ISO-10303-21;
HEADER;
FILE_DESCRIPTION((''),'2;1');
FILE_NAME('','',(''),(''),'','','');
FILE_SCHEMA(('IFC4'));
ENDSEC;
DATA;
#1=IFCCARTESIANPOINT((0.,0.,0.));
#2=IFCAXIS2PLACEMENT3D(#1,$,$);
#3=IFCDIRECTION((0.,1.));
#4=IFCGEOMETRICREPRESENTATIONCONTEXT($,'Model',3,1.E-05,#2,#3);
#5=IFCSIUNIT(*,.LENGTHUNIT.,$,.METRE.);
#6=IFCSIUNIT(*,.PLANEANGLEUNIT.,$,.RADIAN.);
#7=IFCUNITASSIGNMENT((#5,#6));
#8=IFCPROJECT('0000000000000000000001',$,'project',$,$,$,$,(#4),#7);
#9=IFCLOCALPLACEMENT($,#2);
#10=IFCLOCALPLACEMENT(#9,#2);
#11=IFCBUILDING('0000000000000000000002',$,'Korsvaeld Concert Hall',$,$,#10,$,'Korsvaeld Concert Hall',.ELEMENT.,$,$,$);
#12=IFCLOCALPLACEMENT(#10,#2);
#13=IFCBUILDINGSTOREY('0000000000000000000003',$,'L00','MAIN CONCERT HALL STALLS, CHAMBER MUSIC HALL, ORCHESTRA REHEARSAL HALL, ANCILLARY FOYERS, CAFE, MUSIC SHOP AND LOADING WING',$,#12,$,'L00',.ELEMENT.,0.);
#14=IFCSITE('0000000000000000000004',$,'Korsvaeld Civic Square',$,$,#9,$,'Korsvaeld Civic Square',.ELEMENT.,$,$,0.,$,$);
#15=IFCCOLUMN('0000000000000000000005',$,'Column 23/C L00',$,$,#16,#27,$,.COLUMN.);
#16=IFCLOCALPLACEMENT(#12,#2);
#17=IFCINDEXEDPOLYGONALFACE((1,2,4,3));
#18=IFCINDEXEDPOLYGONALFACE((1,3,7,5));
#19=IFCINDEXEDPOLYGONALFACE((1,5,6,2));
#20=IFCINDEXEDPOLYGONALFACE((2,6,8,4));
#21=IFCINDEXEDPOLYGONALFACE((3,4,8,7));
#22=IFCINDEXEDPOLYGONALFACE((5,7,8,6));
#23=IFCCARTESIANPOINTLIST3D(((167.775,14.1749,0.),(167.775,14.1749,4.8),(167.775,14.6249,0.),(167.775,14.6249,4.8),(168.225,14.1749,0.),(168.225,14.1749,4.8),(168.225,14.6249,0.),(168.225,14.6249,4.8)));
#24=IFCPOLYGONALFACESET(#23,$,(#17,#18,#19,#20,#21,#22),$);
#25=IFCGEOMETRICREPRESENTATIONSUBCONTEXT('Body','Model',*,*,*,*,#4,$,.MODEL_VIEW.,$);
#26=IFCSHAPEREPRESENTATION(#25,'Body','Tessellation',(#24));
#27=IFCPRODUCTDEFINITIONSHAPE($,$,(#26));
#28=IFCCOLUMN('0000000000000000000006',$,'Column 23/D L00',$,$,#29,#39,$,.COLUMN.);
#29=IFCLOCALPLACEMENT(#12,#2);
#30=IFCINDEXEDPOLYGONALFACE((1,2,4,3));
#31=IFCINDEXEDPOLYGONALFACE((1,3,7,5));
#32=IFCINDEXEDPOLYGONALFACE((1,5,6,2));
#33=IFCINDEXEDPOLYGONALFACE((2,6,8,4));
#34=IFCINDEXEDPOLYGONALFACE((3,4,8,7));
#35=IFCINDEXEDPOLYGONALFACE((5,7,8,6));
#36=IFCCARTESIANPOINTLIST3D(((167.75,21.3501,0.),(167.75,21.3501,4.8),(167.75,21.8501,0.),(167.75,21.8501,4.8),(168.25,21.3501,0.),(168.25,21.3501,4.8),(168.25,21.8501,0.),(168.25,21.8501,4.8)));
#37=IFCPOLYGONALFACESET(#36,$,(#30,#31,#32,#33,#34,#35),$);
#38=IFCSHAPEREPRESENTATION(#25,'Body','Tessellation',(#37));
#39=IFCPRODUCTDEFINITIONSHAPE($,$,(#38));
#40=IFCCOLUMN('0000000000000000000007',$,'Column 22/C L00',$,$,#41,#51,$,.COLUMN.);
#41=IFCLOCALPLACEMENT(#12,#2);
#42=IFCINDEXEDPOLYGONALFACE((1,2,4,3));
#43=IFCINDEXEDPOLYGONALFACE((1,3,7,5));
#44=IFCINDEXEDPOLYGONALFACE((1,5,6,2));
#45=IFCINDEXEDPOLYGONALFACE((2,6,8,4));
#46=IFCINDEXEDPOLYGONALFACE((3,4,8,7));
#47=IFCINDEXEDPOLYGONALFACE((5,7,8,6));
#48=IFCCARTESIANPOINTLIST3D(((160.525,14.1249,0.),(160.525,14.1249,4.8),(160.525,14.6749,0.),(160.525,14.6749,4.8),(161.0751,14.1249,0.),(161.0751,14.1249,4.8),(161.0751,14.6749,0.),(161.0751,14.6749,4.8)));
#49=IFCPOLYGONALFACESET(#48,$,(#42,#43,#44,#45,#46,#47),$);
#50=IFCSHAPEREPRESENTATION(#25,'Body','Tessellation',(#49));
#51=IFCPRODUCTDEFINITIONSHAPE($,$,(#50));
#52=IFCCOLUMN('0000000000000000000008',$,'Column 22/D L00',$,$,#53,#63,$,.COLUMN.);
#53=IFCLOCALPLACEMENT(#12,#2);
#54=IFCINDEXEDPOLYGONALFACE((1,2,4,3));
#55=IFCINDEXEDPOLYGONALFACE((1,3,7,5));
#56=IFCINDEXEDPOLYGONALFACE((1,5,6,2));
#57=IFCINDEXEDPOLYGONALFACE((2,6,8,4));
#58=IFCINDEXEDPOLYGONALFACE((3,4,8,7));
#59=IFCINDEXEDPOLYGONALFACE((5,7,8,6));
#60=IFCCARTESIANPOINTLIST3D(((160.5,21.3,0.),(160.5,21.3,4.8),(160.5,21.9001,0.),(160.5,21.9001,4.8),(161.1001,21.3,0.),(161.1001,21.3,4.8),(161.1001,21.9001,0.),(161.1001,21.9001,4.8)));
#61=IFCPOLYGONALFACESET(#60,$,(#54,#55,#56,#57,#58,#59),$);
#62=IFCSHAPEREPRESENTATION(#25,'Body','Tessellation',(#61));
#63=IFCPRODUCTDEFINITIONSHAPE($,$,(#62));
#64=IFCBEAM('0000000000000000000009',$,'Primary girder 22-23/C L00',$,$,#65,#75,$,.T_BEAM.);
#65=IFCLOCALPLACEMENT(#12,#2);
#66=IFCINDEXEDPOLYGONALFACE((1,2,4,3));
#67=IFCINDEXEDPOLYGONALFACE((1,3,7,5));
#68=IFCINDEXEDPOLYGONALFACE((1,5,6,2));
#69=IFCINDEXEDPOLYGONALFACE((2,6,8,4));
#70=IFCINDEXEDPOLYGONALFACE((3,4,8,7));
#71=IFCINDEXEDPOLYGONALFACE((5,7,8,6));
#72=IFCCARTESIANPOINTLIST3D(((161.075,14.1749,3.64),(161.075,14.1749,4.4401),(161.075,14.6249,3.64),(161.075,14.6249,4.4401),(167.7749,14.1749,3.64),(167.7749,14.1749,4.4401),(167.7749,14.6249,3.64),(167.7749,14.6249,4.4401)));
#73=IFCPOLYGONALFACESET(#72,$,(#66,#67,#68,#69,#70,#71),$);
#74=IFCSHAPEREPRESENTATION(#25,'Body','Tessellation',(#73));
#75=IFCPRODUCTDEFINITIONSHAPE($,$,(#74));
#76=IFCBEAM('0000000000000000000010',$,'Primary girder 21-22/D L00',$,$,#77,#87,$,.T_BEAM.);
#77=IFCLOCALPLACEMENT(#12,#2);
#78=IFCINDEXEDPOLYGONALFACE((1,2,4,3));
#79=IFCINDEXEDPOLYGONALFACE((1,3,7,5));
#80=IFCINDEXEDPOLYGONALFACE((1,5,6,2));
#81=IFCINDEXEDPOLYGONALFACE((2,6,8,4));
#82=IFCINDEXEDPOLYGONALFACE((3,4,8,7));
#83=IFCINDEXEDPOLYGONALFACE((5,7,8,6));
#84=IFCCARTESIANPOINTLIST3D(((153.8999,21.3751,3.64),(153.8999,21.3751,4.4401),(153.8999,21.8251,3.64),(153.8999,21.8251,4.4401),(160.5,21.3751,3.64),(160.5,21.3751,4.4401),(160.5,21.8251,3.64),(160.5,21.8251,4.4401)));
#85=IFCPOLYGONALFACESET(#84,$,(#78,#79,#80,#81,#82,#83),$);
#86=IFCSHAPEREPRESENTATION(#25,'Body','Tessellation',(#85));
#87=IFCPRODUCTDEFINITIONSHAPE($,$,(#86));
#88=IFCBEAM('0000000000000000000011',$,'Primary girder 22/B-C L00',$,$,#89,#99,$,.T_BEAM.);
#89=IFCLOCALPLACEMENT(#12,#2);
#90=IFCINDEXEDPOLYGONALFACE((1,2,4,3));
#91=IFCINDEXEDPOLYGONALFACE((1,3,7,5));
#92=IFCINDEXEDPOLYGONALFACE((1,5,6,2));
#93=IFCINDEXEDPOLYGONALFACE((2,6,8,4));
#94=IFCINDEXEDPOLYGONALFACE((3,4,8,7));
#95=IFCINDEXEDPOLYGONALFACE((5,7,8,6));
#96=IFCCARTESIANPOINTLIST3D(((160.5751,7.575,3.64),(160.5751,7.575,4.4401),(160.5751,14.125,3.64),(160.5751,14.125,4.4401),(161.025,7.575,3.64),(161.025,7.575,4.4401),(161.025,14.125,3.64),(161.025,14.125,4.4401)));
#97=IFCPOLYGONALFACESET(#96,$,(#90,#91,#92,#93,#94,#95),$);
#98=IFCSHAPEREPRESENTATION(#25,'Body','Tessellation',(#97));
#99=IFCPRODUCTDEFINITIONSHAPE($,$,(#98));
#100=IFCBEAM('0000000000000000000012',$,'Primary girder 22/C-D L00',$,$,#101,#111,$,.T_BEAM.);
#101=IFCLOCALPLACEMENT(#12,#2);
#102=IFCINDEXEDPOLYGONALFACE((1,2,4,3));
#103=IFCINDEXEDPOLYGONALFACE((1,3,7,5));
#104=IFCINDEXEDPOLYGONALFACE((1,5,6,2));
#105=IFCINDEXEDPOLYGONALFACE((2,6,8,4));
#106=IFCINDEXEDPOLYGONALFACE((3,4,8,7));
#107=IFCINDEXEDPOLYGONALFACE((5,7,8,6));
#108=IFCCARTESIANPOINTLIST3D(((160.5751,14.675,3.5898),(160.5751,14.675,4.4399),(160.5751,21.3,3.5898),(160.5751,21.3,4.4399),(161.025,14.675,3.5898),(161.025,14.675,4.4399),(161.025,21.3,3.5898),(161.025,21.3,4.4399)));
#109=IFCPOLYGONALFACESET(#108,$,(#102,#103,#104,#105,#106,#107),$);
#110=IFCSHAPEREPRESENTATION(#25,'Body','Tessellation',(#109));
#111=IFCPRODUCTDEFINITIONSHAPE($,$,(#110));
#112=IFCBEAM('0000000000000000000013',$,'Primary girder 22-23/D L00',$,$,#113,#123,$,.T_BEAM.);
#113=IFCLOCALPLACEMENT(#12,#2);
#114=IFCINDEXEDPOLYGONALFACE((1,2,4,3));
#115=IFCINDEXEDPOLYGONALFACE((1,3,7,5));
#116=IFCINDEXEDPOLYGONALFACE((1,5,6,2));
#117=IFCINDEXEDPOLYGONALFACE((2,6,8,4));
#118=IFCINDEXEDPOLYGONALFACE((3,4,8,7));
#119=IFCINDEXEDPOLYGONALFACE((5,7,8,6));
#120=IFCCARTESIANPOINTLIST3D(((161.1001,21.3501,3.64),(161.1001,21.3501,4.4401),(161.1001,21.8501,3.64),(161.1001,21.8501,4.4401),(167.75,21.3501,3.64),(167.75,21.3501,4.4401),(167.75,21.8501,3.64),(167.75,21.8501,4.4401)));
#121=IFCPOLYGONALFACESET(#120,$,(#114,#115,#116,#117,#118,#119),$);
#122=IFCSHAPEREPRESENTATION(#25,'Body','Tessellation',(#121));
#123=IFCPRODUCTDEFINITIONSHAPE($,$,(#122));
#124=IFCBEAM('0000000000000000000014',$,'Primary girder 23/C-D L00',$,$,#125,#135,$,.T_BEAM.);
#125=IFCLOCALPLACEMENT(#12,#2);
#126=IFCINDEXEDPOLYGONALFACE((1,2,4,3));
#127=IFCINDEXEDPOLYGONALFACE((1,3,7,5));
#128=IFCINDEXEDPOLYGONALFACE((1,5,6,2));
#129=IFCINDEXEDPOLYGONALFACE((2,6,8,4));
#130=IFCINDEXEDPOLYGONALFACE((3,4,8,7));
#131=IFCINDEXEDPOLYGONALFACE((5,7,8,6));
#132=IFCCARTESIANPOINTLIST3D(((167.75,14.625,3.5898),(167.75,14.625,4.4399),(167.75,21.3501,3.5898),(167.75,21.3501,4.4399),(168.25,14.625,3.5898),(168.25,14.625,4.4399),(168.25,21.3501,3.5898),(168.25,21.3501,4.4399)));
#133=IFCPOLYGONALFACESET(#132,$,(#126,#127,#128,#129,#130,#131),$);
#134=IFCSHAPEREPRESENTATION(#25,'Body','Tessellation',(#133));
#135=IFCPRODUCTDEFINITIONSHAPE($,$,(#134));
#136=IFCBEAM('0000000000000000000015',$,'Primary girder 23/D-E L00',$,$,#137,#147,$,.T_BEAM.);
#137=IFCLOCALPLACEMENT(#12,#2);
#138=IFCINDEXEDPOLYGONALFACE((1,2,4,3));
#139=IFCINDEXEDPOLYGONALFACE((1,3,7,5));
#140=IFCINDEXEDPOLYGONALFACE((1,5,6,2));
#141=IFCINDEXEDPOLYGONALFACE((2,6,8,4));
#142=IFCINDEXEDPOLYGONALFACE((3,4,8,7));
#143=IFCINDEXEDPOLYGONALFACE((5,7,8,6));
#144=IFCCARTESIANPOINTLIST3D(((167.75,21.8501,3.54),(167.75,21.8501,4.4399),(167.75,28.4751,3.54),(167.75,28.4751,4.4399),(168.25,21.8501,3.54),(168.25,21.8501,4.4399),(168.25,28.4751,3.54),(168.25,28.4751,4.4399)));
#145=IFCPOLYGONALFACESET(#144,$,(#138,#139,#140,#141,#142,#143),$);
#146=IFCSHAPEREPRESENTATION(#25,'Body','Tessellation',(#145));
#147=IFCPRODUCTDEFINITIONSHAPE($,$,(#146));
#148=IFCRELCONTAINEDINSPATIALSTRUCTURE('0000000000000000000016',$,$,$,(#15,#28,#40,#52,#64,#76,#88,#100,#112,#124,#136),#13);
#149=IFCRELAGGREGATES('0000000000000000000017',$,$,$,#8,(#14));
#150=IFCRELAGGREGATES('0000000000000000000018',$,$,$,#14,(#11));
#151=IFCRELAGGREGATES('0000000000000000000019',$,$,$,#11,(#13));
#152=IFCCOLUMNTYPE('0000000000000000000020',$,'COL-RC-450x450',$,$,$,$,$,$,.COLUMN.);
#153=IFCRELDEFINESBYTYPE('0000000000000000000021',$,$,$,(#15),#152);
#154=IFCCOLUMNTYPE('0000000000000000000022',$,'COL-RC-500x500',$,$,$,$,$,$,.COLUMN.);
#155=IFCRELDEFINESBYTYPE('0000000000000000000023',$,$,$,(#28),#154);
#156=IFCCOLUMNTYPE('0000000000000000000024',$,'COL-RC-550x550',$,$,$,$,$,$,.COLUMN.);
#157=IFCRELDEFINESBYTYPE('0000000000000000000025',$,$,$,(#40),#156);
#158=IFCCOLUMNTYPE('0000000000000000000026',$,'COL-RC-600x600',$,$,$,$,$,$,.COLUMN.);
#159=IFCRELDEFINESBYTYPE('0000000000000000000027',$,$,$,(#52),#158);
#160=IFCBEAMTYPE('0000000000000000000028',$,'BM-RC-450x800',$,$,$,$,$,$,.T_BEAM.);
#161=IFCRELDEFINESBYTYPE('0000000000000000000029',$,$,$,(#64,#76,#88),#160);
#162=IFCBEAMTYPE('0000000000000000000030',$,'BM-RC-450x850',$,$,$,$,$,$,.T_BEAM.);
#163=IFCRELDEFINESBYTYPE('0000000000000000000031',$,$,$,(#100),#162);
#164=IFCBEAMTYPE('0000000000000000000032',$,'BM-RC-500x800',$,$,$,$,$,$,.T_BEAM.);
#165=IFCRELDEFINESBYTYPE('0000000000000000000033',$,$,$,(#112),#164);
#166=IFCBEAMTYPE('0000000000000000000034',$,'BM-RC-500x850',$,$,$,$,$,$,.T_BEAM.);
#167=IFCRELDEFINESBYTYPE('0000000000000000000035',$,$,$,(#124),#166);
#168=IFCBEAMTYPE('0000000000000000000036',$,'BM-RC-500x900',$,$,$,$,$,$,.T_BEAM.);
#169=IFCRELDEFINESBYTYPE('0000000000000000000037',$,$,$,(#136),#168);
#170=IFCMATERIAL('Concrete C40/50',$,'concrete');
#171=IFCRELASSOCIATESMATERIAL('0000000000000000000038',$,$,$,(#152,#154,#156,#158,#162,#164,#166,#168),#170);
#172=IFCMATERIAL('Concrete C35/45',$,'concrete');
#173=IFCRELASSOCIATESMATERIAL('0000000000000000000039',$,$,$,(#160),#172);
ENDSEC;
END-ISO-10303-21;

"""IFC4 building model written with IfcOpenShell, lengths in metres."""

from ifc_helpers import new_model, si_unit, direction, frame, origin, origin_2d, place, context, subcontext, project, spatial, rectangle, extrude, material, material_profile, profile_set, type_object, element, save


model = new_model("IFC4")

# Units and contexts
model_context = context("Model", 3, precision=1e-05, world=origin(), true_north=direction((0.0, 1.0)))
body_context = subcontext(model_context, "Body", "Model", "MODEL_VIEW")
ifc_project = project(units=[si_unit("LENGTHUNIT", "METRE"), si_unit("PLANEANGLEUNIT", "RADIAN")], contexts=[model_context])

# Site, building, storey
site_placement = place(None, origin())
site = spatial("IfcSite", under=ifc_project, at=site_placement, Name="Korsvaeld Civic Square", LongName="Korsvaeld Civic Square", CompositionType="ELEMENT", RefElevation=0.0)
building_placement = place(site_placement, origin())
building = spatial("IfcBuilding", under=site, at=building_placement, Name="Korsvaeld Concert Hall", LongName="Korsvaeld Concert Hall", CompositionType="ELEMENT")
storey_placement = place(building_placement, origin())
storey = spatial("IfcBuildingStorey", under=building, at=storey_placement, Name="L00", Description="MAIN CONCERT HALL STALLS, CHAMBER MUSIC HALL, ORCHESTRA REHEARSAL HALL, ANCILLARY FOYERS, CAFE, MUSIC SHOP AND LOADING WING", LongName="L00", CompositionType="ELEMENT", Elevation=0.0)

# Columns
ifc_material_1 = material(Name="Concrete C40/50", Category="concrete")
ifc_material_profile_1 = material_profile(ifc_material_1, rectangle(XDim=0.45, YDim=0.45, at=origin_2d()), Name="RC 450x450")
ifc_profile_set_1 = profile_set([ifc_material_profile_1], Name="Concrete C40/50")
column_type_1 = type_object("IfcColumnType", Name="COL-RC-450x450", PredefinedType="COLUMN", material=ifc_profile_set_1)
column_1_placement = place(storey_placement, frame((168.0, 14.3999, 0.0), z_axis=(0.0, 0.0, 1.0), x_axis=(1.0, 0.0, 0.0)))
element("IfcColumn", 1, at=column_1_placement, inside=storey, type_object=column_type_1, Name="Column 23/C L00", PredefinedType="COLUMN", context=body_context, shape_type="SweptSolid", body=[
    extrude(rectangle(XDim=0.45, YDim=0.45, at=origin_2d()), origin(), (0.0, 0.0, 1.0), 4.8),
])
ifc_material_profile_2 = material_profile(ifc_material_1, rectangle(XDim=0.5, YDim=0.5, at=origin_2d()), Name="RC 500x500")
ifc_profile_set_2 = profile_set([ifc_material_profile_2], Name="Concrete C40/50")
column_type_2 = type_object("IfcColumnType", Name="COL-RC-500x500", PredefinedType="COLUMN", material=ifc_profile_set_2)
column_2_placement = place(storey_placement, frame((168.0, 21.6001, 0.0), z_axis=(0.0, 0.0, 1.0), x_axis=(1.0, 0.0, 0.0)))
element("IfcColumn", 2, at=column_2_placement, inside=storey, type_object=column_type_2, Name="Column 23/D L00", PredefinedType="COLUMN", context=body_context, shape_type="SweptSolid", body=[
    extrude(rectangle(XDim=0.5, YDim=0.5, at=origin_2d()), origin(), (0.0, 0.0, 1.0), 4.8),
])
ifc_material_profile_3 = material_profile(ifc_material_1, rectangle(XDim=0.55, YDim=0.55, at=origin_2d()), Name="RC 550x550")
ifc_profile_set_3 = profile_set([ifc_material_profile_3], Name="Concrete C40/50")
column_type_3 = type_object("IfcColumnType", Name="COL-RC-550x550", PredefinedType="COLUMN", material=ifc_profile_set_3)
column_3_placement = place(storey_placement, frame((160.8, 14.3999, 0.0), z_axis=(0.0, 0.0, 1.0), x_axis=(1.0, 0.0, 0.0)))
element("IfcColumn", 3, at=column_3_placement, inside=storey, type_object=column_type_3, Name="Column 22/C L00", PredefinedType="COLUMN", context=body_context, shape_type="SweptSolid", body=[
    extrude(rectangle(XDim=0.55, YDim=0.55, at=origin_2d()), origin(), (0.0, 0.0, 1.0), 4.8),
])
ifc_material_profile_4 = material_profile(ifc_material_1, rectangle(XDim=0.6001, YDim=0.6001, at=origin_2d()), Name="RC 600x600")
ifc_profile_set_4 = profile_set([ifc_material_profile_4], Name="Concrete C40/50")
column_type_4 = type_object("IfcColumnType", Name="COL-RC-600x600", PredefinedType="COLUMN", material=ifc_profile_set_4)
column_4_placement = place(storey_placement, frame((160.8, 21.6001, 0.0), z_axis=(0.0, 0.0, 1.0), x_axis=(1.0, 0.0, 0.0)))
element("IfcColumn", 4, at=column_4_placement, inside=storey, type_object=column_type_4, Name="Column 22/D L00", PredefinedType="COLUMN", context=body_context, shape_type="SweptSolid", body=[
    extrude(rectangle(XDim=0.6001, YDim=0.6001, at=origin_2d()), origin(), (0.0, 0.0, 1.0), 4.8),
])

# Beams
ifc_material_2 = material(Name="Concrete C35/45", Category="concrete")
ifc_material_profile_5 = material_profile(ifc_material_2, rectangle(XDim=0.45, YDim=0.8, at=origin_2d()), Name="RC 450x800")
ifc_profile_set_5 = profile_set([ifc_material_profile_5], Name="Concrete C35/45")
beam_type_1 = type_object("IfcBeamType", Name="BM-RC-450x800", PredefinedType="T_BEAM", material=ifc_profile_set_5)
beam_1_placement = place(storey_placement, frame((161.075, 14.3999, 4.04), z_axis=(1.0, 0.0, 0.0), x_axis=(0.0, 1.0, 0.0)))
element("IfcBeam", 5, at=beam_1_placement, inside=storey, type_object=beam_type_1, Name="Primary girder 22-23/C L00", PredefinedType="T_BEAM", context=body_context, shape_type="SweptSolid", body=[
    extrude(rectangle(XDim=0.45, YDim=0.8, at=origin_2d()), origin(), (0.0, 0.0, 1.0), 6.7),
])
beam_2_placement = place(storey_placement, frame((153.8999, 21.6001, 4.04), z_axis=(1.0, 0.0, 0.0), x_axis=(0.0, 1.0, 0.0)))
element("IfcBeam", 6, at=beam_2_placement, inside=storey, type_object=beam_type_1, Name="Primary girder 21-22/D L00", PredefinedType="T_BEAM", context=body_context, shape_type="SweptSolid", body=[
    extrude(rectangle(XDim=0.45, YDim=0.8, at=origin_2d()), origin(), (0.0, 0.0, 1.0), 6.6001),
])
beam_3_placement = place(storey_placement, frame((160.8, 7.575, 4.04), z_axis=(0.0, 1.0, 0.0), x_axis=(-1.0, 0.0, 0.0)))
element("IfcBeam", 7, at=beam_3_placement, inside=storey, type_object=beam_type_1, Name="Primary girder 22/B-C L00", PredefinedType="T_BEAM", context=body_context, shape_type="SweptSolid", body=[
    extrude(rectangle(XDim=0.45, YDim=0.8, at=origin_2d()), origin(), (0.0, 0.0, 1.0), 6.55),
])
ifc_material_profile_6 = material_profile(ifc_material_1, rectangle(XDim=0.45, YDim=0.8501, at=origin_2d()), Name="RC 450x850")
ifc_profile_set_6 = profile_set([ifc_material_profile_6], Name="Concrete C40/50")
beam_type_2 = type_object("IfcBeamType", Name="BM-RC-450x850", PredefinedType="T_BEAM", material=ifc_profile_set_6)
beam_4_placement = place(storey_placement, frame((160.8, 14.675, 4.0149), z_axis=(0.0, 1.0, 0.0), x_axis=(-1.0, 0.0, 0.0)))
element("IfcBeam", 8, at=beam_4_placement, inside=storey, type_object=beam_type_2, Name="Primary girder 22/C-D L00", PredefinedType="T_BEAM", context=body_context, shape_type="SweptSolid", body=[
    extrude(rectangle(XDim=0.45, YDim=0.8501, at=origin_2d()), origin(), (0.0, 0.0, 1.0), 6.625),
])
ifc_material_profile_7 = material_profile(ifc_material_1, rectangle(XDim=0.5, YDim=0.8, at=origin_2d()), Name="RC 500x800")
ifc_profile_set_7 = profile_set([ifc_material_profile_7], Name="Concrete C40/50")
beam_type_3 = type_object("IfcBeamType", Name="BM-RC-500x800", PredefinedType="T_BEAM", material=ifc_profile_set_7)
beam_5_placement = place(storey_placement, frame((161.1001, 21.6001, 4.04), z_axis=(1.0, 0.0, 0.0), x_axis=(0.0, 1.0, 0.0)))
element("IfcBeam", 9, at=beam_5_placement, inside=storey, type_object=beam_type_3, Name="Primary girder 22-23/D L00", PredefinedType="T_BEAM", context=body_context, shape_type="SweptSolid", body=[
    extrude(rectangle(XDim=0.5, YDim=0.8, at=origin_2d()), origin(), (0.0, 0.0, 1.0), 6.6499),
])
ifc_material_profile_8 = material_profile(ifc_material_1, rectangle(XDim=0.5, YDim=0.8501, at=origin_2d()), Name="RC 500x850")
ifc_profile_set_8 = profile_set([ifc_material_profile_8], Name="Concrete C40/50")
beam_type_4 = type_object("IfcBeamType", Name="BM-RC-500x850", PredefinedType="T_BEAM", material=ifc_profile_set_8)
beam_6_placement = place(storey_placement, frame((168.0, 14.625, 4.0149), z_axis=(0.0, 1.0, 0.0), x_axis=(-1.0, 0.0, 0.0)))
element("IfcBeam", 10, at=beam_6_placement, inside=storey, type_object=beam_type_4, Name="Primary girder 23/C-D L00", PredefinedType="T_BEAM", context=body_context, shape_type="SweptSolid", body=[
    extrude(rectangle(XDim=0.5, YDim=0.8501, at=origin_2d()), origin(), (0.0, 0.0, 1.0), 6.7251),
])
ifc_material_profile_9 = material_profile(ifc_material_1, rectangle(XDim=0.5, YDim=0.8999, at=origin_2d()), Name="RC 500x900")
ifc_profile_set_9 = profile_set([ifc_material_profile_9], Name="Concrete C40/50")
beam_type_5 = type_object("IfcBeamType", Name="BM-RC-500x900", PredefinedType="T_BEAM", material=ifc_profile_set_9)
beam_7_placement = place(storey_placement, frame((168.0, 21.8501, 3.99), z_axis=(0.0, 1.0, 0.0), x_axis=(-1.0, 0.0, 0.0)))
element("IfcBeam", 11, at=beam_7_placement, inside=storey, type_object=beam_type_5, Name="Primary girder 23/D-E L00", PredefinedType="T_BEAM", context=body_context, shape_type="SweptSolid", body=[
    extrude(rectangle(XDim=0.5, YDim=0.8999, at=origin_2d()), origin(), (0.0, 0.0, 1.0), 6.625),
])

save(model, "model.ifc")
